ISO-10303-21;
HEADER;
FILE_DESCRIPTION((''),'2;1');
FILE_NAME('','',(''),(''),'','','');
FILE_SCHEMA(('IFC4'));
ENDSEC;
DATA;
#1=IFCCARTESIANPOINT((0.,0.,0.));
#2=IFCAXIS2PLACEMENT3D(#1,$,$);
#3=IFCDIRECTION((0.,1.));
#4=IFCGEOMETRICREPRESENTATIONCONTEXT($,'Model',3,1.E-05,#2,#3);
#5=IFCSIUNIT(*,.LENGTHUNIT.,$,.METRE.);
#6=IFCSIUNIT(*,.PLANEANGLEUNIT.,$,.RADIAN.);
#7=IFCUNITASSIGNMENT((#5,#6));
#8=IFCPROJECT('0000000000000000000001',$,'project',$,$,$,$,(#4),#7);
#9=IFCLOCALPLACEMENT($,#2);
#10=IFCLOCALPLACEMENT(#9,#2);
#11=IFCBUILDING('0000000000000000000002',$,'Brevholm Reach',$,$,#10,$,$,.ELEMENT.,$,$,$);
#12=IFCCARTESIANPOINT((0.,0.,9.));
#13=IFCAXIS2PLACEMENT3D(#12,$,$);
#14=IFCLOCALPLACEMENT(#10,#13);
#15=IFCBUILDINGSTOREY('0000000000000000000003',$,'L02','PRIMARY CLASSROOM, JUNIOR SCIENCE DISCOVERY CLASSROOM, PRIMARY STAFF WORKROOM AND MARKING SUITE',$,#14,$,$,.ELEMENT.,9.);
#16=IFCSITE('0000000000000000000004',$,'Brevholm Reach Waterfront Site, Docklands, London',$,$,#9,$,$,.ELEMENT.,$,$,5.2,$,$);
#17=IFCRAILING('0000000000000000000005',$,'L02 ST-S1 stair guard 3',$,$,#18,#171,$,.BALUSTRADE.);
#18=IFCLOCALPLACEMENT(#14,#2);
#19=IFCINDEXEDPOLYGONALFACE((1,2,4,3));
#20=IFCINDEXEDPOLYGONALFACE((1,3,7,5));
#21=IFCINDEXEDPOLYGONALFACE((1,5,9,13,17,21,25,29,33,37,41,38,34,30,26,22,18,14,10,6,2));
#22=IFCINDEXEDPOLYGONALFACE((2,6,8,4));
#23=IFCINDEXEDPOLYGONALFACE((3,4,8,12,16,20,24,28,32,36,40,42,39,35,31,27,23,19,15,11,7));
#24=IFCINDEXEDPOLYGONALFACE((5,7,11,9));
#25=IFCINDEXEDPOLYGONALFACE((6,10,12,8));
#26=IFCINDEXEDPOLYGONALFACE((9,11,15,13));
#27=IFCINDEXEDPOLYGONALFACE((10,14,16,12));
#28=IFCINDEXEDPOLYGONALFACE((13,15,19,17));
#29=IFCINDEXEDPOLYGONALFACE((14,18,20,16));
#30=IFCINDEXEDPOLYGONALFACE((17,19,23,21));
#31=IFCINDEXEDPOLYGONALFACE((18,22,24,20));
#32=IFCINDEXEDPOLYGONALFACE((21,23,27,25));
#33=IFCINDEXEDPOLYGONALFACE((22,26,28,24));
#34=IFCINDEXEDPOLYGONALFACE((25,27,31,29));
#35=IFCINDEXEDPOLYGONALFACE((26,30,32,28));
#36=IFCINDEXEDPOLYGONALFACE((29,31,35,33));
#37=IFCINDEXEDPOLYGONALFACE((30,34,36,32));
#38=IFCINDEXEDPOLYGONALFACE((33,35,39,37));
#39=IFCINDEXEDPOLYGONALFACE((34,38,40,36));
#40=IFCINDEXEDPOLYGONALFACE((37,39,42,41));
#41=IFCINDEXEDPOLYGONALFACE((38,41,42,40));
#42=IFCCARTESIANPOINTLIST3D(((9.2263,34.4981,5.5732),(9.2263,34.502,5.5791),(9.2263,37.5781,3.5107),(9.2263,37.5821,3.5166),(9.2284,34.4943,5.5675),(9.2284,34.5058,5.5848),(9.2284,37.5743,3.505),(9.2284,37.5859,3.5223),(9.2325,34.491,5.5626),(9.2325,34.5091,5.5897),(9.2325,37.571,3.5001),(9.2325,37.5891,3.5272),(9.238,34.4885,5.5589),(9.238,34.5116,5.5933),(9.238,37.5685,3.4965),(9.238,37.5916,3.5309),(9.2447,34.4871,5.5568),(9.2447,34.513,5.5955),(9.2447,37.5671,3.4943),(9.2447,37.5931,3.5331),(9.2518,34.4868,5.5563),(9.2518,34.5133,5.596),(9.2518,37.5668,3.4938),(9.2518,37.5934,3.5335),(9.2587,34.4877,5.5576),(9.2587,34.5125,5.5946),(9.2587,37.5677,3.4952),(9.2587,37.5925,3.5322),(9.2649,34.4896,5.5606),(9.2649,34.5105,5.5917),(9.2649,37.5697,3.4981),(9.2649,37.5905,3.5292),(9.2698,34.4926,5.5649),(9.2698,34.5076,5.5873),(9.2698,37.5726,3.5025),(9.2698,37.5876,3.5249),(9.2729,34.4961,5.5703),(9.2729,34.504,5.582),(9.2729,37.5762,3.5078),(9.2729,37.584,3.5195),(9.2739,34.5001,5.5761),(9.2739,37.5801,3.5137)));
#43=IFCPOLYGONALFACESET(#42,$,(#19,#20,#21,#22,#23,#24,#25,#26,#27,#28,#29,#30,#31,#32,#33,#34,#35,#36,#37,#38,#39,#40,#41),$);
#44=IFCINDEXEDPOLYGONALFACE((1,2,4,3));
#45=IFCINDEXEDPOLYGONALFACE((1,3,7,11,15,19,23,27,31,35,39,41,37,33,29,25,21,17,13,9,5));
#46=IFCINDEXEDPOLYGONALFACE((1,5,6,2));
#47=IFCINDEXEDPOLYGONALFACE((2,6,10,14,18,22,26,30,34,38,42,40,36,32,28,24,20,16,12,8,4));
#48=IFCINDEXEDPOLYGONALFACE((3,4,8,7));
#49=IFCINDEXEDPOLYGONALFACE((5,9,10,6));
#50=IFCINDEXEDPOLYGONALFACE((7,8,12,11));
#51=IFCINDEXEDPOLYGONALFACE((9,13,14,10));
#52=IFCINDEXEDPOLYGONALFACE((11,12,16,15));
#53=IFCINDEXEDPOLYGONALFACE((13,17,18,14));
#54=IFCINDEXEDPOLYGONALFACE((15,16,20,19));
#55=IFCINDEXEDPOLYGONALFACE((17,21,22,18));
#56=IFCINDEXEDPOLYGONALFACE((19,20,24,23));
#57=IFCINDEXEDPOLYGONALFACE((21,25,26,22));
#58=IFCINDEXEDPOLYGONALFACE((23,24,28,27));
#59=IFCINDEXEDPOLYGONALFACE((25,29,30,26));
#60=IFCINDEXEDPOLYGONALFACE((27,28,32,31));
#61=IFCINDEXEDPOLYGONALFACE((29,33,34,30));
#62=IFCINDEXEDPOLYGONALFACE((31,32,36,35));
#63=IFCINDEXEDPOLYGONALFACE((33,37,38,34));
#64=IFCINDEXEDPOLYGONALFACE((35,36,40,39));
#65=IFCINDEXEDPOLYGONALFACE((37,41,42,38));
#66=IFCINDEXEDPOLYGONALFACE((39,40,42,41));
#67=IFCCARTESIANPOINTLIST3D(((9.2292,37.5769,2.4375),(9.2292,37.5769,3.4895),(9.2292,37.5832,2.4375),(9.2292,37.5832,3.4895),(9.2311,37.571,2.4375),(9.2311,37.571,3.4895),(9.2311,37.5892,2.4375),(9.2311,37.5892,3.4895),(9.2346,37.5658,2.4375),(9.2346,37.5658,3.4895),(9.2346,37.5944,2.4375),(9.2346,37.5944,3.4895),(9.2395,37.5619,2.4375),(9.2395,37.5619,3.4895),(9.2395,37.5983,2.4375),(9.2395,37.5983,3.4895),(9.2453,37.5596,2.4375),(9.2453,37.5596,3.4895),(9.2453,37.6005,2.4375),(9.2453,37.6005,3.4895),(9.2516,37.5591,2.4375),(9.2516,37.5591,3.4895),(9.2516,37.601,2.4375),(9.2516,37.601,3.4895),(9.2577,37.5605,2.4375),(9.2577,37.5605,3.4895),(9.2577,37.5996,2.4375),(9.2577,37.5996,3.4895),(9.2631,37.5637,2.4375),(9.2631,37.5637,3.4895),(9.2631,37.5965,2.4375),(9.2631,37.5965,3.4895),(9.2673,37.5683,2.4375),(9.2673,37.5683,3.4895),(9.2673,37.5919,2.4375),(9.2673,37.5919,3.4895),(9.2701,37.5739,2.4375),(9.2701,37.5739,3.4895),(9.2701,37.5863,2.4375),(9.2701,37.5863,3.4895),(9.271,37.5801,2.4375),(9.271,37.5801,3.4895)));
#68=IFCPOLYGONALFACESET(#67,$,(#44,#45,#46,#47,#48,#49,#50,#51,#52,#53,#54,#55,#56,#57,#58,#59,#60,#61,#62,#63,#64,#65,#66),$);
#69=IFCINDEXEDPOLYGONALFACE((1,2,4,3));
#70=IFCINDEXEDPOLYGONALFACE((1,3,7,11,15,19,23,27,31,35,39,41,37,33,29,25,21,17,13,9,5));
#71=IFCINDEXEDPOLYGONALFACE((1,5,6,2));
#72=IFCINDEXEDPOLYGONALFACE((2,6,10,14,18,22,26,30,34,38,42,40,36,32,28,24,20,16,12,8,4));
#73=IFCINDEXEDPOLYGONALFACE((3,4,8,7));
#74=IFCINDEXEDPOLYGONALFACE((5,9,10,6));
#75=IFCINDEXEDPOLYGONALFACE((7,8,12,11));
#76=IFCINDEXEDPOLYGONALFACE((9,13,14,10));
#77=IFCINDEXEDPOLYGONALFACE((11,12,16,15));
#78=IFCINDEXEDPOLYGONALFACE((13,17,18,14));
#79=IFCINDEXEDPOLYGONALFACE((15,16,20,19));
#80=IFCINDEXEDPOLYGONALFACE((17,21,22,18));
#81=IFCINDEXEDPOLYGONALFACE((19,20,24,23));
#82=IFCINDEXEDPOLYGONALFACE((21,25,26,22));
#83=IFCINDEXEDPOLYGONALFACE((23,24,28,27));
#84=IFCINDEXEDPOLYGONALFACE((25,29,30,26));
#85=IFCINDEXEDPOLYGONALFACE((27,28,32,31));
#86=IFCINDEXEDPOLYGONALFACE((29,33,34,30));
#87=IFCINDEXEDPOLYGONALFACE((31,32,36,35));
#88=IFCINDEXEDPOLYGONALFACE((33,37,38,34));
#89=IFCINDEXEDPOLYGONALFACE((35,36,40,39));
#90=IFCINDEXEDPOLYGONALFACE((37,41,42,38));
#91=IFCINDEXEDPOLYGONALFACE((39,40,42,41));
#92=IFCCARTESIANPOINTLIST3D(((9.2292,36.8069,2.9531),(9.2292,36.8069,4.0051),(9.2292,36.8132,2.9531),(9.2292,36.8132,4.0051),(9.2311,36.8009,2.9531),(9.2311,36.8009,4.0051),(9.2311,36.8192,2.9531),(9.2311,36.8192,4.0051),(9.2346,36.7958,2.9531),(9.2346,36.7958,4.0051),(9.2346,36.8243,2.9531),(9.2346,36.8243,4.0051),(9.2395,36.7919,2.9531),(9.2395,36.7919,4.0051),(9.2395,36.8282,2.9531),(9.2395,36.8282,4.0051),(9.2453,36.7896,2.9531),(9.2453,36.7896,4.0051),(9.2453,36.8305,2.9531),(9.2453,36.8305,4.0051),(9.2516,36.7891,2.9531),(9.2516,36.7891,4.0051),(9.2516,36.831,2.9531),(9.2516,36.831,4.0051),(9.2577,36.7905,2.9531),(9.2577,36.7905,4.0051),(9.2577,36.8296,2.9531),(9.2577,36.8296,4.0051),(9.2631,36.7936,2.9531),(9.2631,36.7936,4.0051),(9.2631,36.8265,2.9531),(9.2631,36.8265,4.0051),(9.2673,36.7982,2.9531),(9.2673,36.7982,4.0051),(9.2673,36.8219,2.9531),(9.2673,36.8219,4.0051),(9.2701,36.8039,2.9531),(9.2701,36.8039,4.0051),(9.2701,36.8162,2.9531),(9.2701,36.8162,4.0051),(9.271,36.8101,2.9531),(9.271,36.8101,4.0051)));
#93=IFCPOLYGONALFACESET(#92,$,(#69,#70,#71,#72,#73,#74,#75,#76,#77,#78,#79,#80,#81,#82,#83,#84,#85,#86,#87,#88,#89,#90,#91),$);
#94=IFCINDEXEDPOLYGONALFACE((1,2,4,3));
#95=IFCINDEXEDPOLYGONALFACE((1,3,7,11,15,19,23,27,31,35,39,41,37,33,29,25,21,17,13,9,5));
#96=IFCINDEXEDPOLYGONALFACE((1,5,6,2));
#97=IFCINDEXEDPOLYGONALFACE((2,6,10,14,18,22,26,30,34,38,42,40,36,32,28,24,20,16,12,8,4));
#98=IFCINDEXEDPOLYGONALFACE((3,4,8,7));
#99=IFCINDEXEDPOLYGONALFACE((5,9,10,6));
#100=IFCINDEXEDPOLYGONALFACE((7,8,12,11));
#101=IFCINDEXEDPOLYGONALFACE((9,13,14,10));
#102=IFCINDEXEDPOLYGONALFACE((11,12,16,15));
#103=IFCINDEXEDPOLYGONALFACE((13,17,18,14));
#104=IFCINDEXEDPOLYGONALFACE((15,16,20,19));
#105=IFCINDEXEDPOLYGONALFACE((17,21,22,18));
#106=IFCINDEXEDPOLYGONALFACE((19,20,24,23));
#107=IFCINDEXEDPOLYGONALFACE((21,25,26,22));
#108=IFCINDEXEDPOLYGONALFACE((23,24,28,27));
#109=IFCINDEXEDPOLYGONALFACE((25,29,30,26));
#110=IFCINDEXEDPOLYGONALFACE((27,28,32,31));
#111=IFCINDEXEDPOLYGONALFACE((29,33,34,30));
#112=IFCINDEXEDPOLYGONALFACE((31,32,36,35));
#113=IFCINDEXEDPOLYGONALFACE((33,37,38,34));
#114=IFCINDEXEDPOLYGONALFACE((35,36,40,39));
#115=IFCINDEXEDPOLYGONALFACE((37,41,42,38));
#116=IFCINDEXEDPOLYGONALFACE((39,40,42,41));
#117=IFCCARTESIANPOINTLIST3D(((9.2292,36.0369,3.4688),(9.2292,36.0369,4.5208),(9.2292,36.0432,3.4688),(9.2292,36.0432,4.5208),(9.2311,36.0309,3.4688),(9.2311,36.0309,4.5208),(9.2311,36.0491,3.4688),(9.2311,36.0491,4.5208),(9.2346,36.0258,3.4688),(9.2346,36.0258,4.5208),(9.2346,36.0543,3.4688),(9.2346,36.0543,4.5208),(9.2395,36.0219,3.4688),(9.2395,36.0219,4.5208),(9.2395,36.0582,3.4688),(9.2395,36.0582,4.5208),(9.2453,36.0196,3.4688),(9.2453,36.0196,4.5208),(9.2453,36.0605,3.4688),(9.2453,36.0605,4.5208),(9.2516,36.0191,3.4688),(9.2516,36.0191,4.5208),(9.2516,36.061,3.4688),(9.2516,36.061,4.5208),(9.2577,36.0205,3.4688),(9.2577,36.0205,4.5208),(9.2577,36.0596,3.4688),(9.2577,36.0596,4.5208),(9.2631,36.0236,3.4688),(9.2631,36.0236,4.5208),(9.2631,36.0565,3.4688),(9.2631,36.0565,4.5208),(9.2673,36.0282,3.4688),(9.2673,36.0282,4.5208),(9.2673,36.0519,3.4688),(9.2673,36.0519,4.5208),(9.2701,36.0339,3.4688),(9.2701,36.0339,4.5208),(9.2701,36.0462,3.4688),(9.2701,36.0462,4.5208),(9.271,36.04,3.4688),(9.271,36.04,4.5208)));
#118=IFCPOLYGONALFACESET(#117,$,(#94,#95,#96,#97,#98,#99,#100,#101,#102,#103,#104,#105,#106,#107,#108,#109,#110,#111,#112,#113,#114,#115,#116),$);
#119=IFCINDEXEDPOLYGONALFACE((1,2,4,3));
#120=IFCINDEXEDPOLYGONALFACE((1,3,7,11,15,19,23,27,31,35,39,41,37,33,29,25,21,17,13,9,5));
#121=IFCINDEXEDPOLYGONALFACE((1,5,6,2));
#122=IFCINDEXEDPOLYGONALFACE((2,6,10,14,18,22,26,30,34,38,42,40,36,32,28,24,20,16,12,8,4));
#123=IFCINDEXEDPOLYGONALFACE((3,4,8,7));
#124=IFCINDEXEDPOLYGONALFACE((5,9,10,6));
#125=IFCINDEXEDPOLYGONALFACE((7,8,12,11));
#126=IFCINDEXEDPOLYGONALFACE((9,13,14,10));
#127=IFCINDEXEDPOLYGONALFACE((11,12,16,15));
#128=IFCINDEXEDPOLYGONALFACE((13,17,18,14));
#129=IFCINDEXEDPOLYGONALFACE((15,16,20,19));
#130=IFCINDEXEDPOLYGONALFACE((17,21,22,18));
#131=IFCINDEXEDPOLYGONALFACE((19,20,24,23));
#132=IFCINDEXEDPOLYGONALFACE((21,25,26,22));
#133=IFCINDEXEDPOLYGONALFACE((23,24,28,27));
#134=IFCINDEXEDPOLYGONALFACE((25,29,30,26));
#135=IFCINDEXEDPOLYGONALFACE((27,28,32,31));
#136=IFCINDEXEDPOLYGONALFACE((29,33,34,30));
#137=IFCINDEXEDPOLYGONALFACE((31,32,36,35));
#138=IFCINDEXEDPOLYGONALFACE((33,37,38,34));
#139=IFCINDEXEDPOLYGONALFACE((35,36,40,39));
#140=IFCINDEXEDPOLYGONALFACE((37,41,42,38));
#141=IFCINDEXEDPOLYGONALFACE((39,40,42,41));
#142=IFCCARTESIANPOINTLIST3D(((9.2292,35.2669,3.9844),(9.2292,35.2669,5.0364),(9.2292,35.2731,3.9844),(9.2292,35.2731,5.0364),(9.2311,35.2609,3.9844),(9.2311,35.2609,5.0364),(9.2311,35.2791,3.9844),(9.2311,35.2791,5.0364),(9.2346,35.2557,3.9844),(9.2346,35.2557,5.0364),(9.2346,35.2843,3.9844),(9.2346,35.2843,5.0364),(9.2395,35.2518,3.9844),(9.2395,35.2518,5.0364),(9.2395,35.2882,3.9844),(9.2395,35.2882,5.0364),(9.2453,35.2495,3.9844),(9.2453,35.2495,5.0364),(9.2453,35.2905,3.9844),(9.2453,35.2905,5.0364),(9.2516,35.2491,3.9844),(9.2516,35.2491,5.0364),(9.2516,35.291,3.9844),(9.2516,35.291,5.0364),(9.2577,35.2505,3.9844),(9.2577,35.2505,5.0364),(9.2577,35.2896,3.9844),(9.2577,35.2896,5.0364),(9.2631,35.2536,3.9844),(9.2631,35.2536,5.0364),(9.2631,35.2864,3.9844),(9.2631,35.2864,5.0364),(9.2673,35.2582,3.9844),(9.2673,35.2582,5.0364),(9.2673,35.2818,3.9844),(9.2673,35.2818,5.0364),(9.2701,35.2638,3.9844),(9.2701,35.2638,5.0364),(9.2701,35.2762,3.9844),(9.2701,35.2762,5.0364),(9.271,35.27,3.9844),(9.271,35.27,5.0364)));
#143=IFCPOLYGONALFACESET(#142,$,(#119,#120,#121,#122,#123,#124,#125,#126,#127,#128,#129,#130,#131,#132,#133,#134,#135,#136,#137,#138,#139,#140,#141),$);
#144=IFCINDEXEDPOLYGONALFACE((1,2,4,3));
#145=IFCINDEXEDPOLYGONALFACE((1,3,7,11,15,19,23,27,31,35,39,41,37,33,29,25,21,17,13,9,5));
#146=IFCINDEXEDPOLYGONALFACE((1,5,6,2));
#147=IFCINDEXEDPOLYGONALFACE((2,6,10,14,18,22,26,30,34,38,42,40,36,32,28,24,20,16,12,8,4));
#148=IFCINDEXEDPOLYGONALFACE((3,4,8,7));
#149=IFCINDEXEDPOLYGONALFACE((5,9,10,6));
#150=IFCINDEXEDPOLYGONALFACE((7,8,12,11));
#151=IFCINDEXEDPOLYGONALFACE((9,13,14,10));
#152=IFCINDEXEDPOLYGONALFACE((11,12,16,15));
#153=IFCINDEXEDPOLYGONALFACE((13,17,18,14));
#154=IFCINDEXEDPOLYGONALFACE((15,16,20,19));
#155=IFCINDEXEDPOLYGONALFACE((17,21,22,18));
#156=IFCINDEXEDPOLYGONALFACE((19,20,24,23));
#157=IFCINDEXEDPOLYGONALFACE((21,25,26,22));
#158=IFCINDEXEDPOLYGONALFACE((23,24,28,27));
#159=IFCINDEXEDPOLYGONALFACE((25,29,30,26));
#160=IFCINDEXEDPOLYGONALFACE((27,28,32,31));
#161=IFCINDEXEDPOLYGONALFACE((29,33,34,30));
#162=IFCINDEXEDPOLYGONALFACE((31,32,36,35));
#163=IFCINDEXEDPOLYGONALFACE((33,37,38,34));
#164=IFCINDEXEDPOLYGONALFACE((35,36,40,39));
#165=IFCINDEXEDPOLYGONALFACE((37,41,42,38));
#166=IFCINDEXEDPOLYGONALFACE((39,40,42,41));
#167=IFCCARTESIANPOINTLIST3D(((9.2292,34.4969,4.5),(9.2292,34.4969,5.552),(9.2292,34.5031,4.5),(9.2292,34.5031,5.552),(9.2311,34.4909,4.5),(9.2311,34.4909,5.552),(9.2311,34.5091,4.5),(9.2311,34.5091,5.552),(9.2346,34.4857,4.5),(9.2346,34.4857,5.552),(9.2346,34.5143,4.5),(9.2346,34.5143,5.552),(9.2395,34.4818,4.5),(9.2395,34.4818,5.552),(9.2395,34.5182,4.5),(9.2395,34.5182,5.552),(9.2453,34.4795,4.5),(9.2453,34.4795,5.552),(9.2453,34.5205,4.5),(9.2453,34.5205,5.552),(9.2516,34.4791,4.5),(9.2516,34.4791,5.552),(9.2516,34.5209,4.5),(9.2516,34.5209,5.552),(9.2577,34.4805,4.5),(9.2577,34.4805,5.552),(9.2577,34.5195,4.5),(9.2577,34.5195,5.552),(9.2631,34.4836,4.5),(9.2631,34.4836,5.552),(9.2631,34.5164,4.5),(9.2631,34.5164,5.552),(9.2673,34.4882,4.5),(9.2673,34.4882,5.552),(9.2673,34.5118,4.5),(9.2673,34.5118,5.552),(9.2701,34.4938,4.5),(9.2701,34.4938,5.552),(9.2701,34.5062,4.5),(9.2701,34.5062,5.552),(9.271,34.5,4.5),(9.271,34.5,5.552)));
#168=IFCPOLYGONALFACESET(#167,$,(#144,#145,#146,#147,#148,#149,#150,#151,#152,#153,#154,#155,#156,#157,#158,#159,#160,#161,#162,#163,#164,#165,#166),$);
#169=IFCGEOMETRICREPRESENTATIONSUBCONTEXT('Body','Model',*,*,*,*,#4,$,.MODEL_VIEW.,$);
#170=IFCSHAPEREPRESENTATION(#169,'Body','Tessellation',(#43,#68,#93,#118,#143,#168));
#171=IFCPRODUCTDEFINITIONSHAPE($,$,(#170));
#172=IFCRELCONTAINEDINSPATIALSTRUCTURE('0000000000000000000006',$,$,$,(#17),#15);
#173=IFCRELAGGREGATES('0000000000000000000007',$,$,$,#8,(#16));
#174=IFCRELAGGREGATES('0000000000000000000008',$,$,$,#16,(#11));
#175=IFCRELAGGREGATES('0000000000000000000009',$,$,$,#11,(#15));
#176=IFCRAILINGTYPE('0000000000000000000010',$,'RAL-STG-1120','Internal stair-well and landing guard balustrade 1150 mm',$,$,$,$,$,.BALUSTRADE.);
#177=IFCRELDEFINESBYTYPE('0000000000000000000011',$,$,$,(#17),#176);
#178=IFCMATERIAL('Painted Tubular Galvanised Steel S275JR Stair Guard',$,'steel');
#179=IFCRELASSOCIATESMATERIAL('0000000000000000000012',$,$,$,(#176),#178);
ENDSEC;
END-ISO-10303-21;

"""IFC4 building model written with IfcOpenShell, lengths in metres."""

from ifc_helpers import new_model, si_unit, direction, frame, origin, origin_2d, place, context, subcontext, project, spatial, circle, extrude, material, type_object, element, save


model = new_model("IFC4")

# Units and contexts
model_context = context("Model", 3, precision=1e-05, world=origin(), true_north=direction((0.0, 1.0)))
body_context = subcontext(model_context, "Body", "Model", "MODEL_VIEW")
ifc_project = project(units=[si_unit("LENGTHUNIT", "METRE"), si_unit("PLANEANGLEUNIT", "RADIAN")], contexts=[model_context])

# Site, building, storey
site_placement = place(None, origin())
site = spatial("IfcSite", under=ifc_project, at=site_placement, Name="Brevholm Reach Waterfront Site, Docklands, London", CompositionType="ELEMENT", RefElevation=5.2)
building_placement = place(site_placement, origin())
building = spatial("IfcBuilding", under=site, at=building_placement, Name="Brevholm Reach", CompositionType="ELEMENT")
storey_placement = place(building_placement, frame((0.0, 0.0, 9.0)))
storey = spatial("IfcBuildingStorey", under=building, at=storey_placement, Name="L02", Description="PRIMARY CLASSROOM, JUNIOR SCIENCE DISCOVERY CLASSROOM, PRIMARY STAFF WORKROOM AND MARKING SUITE", CompositionType="ELEMENT", Elevation=9.0)

# Railing
ifc_material_1 = material(Name="Painted Tubular Galvanised Steel S275JR Stair Guard", Category="steel")
railing_type_1 = type_object("IfcRailingType", Name="RAL-STG-1120", Description="Internal stair-well and landing guard balustrade 1150 mm", PredefinedType="BALUSTRADE", material=ifc_material_1)
railing_1_placement = place(storey_placement, frame((9.25, 37.5801, 2.4375)))
element("IfcRailing", 1, at=railing_1_placement, inside=storey, type_object=railing_type_1, Name="L02 ST-S1 stair guard 3", PredefinedType="BALUSTRADE", context=body_context, shape_type="SweptSolid", body=[
    extrude(circle(Radius=0.0239, at=origin_2d()), frame((0.0, 0.0, 1.0762), z_axis=(0.0, -0.830914, 0.556401), x_axis=(1.0, 0.0, 0.0)), (0.0, 0.0, 1.0), 3.7068),
    extrude(circle(Radius=0.021, at=origin_2d()), origin(), (0.0, 0.0, 1.0), 1.052),
    extrude(circle(Radius=0.021, at=origin_2d()), frame((0.0, -0.77, 0.5156)), (0.0, 0.0, 1.0), 1.052),
    extrude(circle(Radius=0.021, at=origin_2d()), frame((0.0, -1.54, 1.0312)), (0.0, 0.0, 1.0), 1.052),
    extrude(circle(Radius=0.021, at=origin_2d()), frame((0.0, -2.3101, 1.5469)), (0.0, 0.0, 1.0), 1.052),
    extrude(circle(Radius=0.021, at=origin_2d()), frame((0.0, -3.0801, 2.0625)), (0.0, 0.0, 1.0), 1.052),
])

save(model, "model.ifc")
